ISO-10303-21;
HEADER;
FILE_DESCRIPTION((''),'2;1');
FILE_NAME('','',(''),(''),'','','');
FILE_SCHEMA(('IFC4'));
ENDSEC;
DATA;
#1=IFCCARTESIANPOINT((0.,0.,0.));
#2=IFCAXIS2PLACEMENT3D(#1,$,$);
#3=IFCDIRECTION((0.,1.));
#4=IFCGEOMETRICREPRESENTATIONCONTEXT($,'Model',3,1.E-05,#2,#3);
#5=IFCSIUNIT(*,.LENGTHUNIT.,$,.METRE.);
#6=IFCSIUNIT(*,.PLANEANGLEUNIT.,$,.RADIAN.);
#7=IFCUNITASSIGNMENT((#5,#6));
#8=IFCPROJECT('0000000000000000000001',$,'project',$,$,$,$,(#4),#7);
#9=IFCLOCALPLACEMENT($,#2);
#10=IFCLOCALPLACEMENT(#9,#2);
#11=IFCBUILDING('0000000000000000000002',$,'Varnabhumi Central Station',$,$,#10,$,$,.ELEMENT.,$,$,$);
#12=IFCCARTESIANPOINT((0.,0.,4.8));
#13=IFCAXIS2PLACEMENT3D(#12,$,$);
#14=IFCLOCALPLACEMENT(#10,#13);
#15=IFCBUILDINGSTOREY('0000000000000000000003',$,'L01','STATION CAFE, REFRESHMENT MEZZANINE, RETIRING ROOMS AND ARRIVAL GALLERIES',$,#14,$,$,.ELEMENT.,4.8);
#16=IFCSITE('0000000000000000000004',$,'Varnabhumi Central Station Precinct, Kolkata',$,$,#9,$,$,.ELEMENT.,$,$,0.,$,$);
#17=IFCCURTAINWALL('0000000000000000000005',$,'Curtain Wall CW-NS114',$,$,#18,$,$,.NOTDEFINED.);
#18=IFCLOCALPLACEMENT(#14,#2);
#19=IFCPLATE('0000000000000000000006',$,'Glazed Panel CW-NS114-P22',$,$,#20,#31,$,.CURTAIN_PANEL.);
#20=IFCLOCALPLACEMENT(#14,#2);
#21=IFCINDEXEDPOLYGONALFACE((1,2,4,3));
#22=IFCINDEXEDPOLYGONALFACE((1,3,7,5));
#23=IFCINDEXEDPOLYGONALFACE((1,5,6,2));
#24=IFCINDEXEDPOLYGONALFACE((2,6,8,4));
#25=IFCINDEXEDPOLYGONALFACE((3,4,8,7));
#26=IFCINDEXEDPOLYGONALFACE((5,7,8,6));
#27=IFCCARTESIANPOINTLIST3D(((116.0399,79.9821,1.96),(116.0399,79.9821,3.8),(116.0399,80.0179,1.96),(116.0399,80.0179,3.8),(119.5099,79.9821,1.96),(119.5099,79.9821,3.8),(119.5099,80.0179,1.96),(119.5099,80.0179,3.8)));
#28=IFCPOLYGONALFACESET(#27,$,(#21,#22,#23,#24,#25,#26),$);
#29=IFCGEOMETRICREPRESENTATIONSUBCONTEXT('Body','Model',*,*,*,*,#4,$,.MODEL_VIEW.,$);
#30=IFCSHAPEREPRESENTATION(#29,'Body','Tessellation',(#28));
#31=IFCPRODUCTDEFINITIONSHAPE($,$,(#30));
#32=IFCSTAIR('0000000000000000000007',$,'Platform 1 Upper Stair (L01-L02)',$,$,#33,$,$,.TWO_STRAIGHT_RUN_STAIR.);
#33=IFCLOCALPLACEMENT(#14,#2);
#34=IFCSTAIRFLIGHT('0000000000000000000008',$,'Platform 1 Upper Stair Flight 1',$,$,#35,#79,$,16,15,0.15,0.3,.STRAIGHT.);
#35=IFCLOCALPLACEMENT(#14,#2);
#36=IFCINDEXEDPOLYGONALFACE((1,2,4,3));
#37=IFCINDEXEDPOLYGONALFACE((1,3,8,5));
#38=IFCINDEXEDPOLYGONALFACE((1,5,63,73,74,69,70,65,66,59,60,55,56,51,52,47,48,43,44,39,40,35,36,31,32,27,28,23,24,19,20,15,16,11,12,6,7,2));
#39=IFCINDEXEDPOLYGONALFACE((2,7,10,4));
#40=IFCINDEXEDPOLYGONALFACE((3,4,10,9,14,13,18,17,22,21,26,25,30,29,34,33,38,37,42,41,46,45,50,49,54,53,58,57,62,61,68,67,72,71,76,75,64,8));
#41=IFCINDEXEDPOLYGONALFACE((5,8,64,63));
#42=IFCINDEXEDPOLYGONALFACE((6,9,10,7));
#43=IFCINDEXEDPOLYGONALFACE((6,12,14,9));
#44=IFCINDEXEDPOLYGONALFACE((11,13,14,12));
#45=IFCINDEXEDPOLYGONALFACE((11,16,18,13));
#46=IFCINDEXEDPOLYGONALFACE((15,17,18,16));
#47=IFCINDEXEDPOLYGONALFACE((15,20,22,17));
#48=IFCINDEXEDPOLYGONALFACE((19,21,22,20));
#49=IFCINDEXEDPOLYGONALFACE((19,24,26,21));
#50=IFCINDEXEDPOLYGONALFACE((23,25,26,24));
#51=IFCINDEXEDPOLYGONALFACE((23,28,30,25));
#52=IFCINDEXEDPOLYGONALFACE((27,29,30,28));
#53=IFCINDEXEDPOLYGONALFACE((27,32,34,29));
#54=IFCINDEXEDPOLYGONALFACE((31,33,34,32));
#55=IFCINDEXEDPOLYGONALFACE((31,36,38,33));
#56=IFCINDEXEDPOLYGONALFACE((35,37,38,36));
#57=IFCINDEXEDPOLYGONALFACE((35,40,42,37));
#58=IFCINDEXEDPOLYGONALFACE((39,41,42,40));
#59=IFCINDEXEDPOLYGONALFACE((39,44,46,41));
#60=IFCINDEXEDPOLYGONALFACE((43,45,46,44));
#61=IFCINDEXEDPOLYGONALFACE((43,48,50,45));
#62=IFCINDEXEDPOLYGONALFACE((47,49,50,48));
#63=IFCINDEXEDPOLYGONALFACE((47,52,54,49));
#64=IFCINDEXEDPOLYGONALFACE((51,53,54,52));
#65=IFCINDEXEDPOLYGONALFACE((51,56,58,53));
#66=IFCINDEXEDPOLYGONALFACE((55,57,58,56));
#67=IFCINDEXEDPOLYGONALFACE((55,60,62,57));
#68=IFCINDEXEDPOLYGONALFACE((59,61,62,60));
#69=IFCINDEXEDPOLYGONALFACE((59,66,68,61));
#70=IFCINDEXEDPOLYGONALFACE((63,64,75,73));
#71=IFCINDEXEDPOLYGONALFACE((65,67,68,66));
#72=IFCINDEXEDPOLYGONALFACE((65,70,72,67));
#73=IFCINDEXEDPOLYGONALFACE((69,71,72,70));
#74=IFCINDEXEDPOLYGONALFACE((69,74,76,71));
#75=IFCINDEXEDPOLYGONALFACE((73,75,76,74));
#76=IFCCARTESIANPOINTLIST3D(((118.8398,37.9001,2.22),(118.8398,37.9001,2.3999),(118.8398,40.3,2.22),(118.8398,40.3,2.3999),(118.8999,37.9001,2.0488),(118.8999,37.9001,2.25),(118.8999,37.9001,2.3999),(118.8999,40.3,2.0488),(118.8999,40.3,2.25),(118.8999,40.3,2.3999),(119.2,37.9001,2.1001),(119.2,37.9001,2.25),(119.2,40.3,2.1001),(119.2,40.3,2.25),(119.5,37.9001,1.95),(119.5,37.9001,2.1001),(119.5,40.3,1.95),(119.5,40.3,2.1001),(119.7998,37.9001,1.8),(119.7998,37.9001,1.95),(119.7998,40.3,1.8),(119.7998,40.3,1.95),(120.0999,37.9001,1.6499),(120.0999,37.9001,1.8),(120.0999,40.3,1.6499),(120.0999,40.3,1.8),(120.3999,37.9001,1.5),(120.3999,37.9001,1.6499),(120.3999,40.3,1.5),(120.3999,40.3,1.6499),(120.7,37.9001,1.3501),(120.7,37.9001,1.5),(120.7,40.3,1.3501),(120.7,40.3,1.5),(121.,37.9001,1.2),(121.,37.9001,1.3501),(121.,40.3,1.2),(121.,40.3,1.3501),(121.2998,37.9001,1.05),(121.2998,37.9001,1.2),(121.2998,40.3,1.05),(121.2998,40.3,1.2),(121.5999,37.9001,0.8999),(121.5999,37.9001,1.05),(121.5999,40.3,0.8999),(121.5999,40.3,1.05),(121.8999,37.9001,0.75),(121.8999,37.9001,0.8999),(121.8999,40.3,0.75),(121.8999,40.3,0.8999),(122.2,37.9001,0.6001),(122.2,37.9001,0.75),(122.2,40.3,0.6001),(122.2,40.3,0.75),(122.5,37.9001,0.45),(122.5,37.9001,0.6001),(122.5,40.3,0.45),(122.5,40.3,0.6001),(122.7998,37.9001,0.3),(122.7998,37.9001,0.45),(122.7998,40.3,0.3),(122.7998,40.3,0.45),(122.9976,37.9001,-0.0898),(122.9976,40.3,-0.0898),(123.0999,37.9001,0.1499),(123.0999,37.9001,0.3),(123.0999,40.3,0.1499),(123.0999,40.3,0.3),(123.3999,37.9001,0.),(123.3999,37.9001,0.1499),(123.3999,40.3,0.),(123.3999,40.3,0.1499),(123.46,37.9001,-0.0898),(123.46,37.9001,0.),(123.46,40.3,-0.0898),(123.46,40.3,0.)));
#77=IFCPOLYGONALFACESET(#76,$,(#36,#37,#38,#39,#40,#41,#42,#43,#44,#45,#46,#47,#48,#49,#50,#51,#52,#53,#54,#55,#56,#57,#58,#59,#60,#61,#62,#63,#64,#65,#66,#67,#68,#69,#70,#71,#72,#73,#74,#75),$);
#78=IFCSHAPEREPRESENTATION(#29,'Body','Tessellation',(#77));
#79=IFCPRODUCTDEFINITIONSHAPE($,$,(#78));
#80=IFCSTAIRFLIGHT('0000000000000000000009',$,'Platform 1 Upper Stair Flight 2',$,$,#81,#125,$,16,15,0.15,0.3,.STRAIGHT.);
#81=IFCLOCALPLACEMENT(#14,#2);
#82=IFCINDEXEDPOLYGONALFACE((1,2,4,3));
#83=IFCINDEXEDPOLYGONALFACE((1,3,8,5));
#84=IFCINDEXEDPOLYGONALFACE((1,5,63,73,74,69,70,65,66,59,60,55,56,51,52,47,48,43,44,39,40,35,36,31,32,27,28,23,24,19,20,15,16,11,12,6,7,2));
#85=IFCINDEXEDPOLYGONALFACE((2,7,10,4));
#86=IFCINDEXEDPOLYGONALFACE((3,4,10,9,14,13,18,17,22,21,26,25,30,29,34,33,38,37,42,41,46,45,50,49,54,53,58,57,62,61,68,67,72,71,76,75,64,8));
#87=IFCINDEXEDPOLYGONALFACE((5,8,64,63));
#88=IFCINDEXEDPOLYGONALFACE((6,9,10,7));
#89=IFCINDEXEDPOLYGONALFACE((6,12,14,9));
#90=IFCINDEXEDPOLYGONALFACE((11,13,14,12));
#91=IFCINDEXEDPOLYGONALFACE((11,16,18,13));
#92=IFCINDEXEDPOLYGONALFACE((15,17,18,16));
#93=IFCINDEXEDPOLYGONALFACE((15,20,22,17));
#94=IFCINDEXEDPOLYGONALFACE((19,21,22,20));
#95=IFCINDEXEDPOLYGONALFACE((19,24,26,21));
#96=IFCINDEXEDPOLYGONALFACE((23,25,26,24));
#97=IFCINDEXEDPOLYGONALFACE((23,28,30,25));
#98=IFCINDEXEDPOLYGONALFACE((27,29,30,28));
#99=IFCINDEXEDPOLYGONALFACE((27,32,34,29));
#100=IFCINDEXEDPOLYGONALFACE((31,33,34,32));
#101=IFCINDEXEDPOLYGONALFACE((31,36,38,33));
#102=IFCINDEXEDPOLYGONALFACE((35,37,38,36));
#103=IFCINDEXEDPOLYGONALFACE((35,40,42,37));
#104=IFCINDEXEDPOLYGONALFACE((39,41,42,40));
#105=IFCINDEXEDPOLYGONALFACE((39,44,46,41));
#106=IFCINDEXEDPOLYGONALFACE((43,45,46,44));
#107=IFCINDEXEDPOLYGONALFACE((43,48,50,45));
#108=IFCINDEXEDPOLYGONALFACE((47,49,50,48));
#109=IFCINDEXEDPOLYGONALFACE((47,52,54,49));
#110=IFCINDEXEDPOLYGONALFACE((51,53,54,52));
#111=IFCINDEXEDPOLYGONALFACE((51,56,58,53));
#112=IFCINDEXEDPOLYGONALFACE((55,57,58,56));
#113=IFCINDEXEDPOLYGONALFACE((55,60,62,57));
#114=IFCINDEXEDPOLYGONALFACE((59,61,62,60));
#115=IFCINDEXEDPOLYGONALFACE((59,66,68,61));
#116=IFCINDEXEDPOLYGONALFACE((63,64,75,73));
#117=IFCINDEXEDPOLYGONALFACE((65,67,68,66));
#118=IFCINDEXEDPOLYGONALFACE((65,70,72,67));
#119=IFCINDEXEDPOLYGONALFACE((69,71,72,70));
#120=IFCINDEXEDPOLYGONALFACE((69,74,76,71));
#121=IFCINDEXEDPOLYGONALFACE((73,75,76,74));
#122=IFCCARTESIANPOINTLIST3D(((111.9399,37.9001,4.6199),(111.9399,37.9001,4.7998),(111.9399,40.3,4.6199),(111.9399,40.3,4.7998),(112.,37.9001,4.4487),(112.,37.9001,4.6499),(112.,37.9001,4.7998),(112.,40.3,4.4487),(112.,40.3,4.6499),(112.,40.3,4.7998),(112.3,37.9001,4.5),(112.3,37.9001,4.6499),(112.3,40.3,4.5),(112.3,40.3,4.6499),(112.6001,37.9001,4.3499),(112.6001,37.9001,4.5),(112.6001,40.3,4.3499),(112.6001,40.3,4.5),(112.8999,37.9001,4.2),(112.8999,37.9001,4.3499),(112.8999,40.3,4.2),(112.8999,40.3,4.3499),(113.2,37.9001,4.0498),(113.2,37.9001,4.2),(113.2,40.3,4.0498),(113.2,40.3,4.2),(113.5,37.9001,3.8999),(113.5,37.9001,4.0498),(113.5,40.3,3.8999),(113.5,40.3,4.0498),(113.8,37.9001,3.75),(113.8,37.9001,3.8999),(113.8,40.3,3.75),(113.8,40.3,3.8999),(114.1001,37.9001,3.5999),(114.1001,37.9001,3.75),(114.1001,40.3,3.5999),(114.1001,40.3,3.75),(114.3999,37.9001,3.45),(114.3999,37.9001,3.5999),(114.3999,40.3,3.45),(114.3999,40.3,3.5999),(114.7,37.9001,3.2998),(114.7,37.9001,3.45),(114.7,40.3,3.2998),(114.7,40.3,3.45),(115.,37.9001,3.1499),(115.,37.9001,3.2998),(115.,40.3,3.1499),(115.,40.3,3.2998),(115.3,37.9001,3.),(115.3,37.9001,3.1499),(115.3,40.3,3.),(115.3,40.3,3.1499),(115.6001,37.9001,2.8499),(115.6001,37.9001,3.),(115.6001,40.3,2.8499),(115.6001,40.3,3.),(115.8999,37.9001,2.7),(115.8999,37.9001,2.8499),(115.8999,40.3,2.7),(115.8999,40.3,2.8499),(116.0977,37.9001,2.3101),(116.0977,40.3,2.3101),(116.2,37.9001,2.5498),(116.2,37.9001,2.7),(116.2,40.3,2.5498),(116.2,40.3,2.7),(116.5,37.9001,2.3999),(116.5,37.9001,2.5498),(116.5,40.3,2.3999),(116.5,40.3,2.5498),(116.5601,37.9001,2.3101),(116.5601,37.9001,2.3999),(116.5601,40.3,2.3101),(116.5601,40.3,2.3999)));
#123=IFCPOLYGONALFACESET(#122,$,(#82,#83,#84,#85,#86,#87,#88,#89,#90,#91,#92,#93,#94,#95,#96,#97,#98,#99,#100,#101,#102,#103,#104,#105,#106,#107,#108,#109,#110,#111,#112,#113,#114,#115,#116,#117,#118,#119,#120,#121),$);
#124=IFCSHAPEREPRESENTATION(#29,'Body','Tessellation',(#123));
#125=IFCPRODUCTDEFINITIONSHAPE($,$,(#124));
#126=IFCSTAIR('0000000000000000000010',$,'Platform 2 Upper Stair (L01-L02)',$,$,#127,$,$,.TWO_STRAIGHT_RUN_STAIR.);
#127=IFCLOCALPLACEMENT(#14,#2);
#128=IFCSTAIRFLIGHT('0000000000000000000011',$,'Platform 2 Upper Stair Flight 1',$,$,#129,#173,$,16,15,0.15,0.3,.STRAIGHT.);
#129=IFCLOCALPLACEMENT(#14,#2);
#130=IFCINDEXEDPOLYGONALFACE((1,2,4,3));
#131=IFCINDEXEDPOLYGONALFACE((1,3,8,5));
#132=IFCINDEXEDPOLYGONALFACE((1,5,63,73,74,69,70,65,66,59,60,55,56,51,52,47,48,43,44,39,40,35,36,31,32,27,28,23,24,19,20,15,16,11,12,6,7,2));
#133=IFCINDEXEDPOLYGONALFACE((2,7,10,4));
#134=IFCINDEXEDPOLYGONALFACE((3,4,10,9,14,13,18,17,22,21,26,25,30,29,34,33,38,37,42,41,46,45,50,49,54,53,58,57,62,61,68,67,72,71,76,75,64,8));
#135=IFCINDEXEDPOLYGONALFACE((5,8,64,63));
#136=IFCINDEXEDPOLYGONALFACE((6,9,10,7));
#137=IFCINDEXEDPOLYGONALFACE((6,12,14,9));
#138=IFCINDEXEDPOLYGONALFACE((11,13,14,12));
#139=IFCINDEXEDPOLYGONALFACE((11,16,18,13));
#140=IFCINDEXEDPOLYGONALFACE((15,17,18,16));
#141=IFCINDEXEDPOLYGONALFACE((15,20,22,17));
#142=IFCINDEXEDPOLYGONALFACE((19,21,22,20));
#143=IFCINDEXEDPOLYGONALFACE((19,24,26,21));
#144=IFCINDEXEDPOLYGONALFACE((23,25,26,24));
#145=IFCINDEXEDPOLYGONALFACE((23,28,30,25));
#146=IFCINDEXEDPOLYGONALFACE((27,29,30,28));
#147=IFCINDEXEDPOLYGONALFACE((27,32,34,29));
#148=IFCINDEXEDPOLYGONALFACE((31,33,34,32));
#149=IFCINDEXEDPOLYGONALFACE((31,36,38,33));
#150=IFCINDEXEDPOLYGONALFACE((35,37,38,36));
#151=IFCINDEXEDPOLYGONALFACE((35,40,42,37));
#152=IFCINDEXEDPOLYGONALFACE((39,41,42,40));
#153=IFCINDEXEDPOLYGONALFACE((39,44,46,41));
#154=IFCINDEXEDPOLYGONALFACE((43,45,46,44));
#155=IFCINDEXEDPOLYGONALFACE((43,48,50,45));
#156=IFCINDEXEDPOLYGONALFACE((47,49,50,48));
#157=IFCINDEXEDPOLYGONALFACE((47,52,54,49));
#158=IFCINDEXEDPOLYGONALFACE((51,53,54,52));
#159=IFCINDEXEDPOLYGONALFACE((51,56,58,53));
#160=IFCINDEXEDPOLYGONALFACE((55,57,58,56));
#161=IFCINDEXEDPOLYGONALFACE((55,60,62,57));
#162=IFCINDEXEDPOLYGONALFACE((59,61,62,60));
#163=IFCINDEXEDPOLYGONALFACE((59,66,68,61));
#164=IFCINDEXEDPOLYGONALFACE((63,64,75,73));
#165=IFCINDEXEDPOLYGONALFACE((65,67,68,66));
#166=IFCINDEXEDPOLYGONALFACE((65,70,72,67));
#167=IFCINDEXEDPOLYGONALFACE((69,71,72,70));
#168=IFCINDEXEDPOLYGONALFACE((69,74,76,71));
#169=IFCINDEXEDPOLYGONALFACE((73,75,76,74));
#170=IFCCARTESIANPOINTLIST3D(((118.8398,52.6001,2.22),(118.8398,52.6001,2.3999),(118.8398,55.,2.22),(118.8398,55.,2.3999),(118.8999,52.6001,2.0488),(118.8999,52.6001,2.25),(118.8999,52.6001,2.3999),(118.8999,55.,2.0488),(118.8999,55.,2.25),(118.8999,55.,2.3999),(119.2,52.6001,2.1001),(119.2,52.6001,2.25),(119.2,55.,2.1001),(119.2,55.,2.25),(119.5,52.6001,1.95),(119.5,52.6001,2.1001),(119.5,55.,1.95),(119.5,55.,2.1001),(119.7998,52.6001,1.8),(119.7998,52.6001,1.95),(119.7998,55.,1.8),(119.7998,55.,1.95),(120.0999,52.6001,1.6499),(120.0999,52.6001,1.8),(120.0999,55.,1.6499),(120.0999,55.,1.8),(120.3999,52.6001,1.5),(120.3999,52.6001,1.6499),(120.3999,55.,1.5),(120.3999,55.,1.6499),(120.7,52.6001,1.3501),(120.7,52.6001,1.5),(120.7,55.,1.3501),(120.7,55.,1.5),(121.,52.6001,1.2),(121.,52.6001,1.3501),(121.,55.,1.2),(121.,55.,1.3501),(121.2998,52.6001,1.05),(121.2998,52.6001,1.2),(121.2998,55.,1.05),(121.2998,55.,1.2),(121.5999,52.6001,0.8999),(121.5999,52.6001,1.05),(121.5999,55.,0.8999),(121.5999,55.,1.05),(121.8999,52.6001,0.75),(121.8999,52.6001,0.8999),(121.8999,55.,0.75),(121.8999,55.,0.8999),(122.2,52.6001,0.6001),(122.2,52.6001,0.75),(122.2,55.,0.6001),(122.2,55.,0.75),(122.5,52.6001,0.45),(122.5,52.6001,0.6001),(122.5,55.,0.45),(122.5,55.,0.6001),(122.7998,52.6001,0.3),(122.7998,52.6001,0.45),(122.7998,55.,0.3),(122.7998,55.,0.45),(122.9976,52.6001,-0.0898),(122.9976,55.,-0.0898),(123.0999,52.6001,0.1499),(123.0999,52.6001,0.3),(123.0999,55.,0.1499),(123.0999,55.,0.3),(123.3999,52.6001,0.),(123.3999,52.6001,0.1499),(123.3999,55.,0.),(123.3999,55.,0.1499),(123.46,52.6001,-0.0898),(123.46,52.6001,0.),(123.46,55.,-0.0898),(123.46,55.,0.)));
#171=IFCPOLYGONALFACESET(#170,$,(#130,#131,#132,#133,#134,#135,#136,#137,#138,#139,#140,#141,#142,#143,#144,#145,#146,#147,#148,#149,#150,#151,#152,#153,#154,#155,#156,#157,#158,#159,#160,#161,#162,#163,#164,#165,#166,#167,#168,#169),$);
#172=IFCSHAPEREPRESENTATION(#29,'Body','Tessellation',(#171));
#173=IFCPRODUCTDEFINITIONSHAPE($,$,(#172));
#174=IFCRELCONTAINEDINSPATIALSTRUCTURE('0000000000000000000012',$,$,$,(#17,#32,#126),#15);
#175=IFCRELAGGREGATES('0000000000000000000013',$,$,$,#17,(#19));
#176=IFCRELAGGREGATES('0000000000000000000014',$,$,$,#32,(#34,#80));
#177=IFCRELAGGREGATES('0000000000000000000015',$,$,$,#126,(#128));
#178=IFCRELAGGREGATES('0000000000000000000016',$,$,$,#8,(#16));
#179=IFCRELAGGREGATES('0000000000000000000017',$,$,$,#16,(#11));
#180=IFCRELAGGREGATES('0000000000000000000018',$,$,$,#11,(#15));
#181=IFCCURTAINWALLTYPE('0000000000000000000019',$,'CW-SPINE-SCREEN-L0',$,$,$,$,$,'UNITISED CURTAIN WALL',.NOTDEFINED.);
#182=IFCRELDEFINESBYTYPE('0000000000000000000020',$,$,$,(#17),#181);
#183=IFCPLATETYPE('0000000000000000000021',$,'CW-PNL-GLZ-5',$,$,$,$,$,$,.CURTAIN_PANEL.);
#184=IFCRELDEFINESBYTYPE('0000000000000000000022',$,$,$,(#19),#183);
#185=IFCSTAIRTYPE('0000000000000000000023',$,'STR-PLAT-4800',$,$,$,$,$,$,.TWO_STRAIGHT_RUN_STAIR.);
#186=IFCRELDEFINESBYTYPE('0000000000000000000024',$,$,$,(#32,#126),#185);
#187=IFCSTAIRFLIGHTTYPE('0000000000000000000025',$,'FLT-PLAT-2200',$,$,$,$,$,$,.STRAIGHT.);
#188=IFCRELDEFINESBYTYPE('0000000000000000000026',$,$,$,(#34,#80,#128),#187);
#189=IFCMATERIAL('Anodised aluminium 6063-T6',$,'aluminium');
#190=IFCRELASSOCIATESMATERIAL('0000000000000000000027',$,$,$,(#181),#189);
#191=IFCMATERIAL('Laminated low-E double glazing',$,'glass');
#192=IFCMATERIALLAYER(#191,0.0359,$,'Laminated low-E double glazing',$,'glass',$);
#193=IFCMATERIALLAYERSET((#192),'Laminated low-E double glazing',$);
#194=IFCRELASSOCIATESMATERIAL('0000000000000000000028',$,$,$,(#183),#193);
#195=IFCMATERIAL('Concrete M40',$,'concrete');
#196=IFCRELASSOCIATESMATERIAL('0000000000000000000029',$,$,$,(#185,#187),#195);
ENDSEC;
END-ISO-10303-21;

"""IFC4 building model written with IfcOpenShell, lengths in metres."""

from ifc_helpers import new_model, si_unit, direction, frame, origin, origin_2d, place, context, subcontext, project, spatial, polyline, rectangle, outline, extrude, material, layer, layer_set, type_object, element, aggregate, save


model = new_model("IFC4")

# Units and contexts
model_context = context("Model", 3, precision=1e-05, world=origin(), true_north=direction((0.0, 1.0)))
body_context = subcontext(model_context, "Body", "Model", "MODEL_VIEW")
ifc_project = project(units=[si_unit("LENGTHUNIT", "METRE"), si_unit("PLANEANGLEUNIT", "RADIAN")], contexts=[model_context])

# Site, building, storey
site_placement = place(None, origin())
site = spatial("IfcSite", under=ifc_project, at=site_placement, Name="Varnabhumi Central Station Precinct, Kolkata", CompositionType="ELEMENT", RefElevation=0.0)
building_placement = place(site_placement, origin())
building = spatial("IfcBuilding", under=site, at=building_placement, Name="Varnabhumi Central Station", CompositionType="ELEMENT")
storey_placement = place(building_placement, frame((0.0, 0.0, 4.8)))
storey = spatial("IfcBuildingStorey", under=building, at=storey_placement, Name="L01", Description="STATION CAFE, REFRESHMENT MEZZANINE, RETIRING ROOMS AND ARRIVAL GALLERIES", CompositionType="ELEMENT", Elevation=4.8)

# Shared definitions
ifc_material_1 = material(Name="Concrete M40", Category="concrete")

# Curtain wall
ifc_material_2 = material(Name="Anodised aluminium 6063-T6", Category="aluminium")
curtain_wall_type_1 = type_object("IfcCurtainWallType", Name="CW-SPINE-SCREEN-L0", ElementType="UNITISED CURTAIN WALL", PredefinedType="NOTDEFINED", material=ifc_material_2)
curtain_wall_1_placement = place(storey_placement, origin())
curtain_wall_1 = element("IfcCurtainWall", 1, at=curtain_wall_1_placement, inside=storey, type_object=curtain_wall_type_1, Name="Curtain Wall CW-NS114", PredefinedType="NOTDEFINED")

# Shared definitions
ifc_material_3 = material(Name="Laminated low-E double glazing", Category="glass")

# Plate
ifc_layer_1 = layer(ifc_material_3, 0.0359, Name="Laminated low-E double glazing", Category="glass")
ifc_layer_set_1 = layer_set([ifc_layer_1], Name="Laminated low-E double glazing")
plate_type_1 = type_object("IfcPlateType", Name="CW-PNL-GLZ-5", PredefinedType="CURTAIN_PANEL", material=ifc_layer_set_1)
plate_1_placement = place(storey_placement, frame((117.7749, 80.0, 1.96), z_axis=(0.0, 0.0, 1.0), x_axis=(1.0, 0.0, 0.0)))
plate_1 = element("IfcPlate", 2, at=plate_1_placement, type_object=plate_type_1, Name="Glazed Panel CW-NS114-P22", PredefinedType="CURTAIN_PANEL", context=body_context, shape_type="SweptSolid", body=[
    extrude(rectangle(XDim=3.47, YDim=0.0359, at=origin_2d()), origin(), (0.0, 0.0, 1.0), 1.8401),
])
aggregate(curtain_wall_1, [plate_1])

# Stairs, stair flights
stair_type = type_object("IfcStairType", Name="STR-PLAT-4800", PredefinedType="TWO_STRAIGHT_RUN_STAIR", material=ifc_material_1)
stair_1_placement = place(storey_placement, origin())
stair_1 = element("IfcStair", 3, at=stair_1_placement, inside=storey, type_object=stair_type, Name="Platform 1 Upper Stair (L01-L02)", PredefinedType="TWO_STRAIGHT_RUN_STAIR")
stair_flight_type = type_object("IfcStairFlightType", Name="FLT-PLAT-2200", PredefinedType="STRAIGHT", material=ifc_material_1)
stair_flight_1_placement = place(storey_placement, frame((123.3999, 39.1001, 0.0), z_axis=(0.0, 0.0, 1.0), x_axis=(-1.0, 0.0, 0.0)))
stair_flight_1 = element("IfcStairFlight", 4, at=stair_flight_1_placement, type_object=stair_flight_type, Name="Platform 1 Upper Stair Flight 1", NumberOfRisers=16, NumberOfTreads=15, PredefinedType="STRAIGHT", RiserHeight=0.15, TreadLength=0.3, context=body_context, shape_type="SweptSolid", body=[
    extrude(outline(polyline([(-0.0601, -0.0898), (-0.0601, 0.0), (0.0, 0.0), (0.0, 0.1499), (0.3, 0.1499), (0.3, 0.3), (0.6001, 0.3), (0.6001, 0.45), (0.8999, 0.45), (0.8999, 0.6001), (1.2, 0.6001), (1.2, 0.75), (1.5, 0.75), (1.5, 0.8999), (1.8, 0.8999), (1.8, 1.05), (2.1001, 1.05), (2.1001, 1.2), (2.3999, 1.2), (2.3999, 1.3501), (2.7, 1.3501), (2.7, 1.5), (3.0, 1.5), (3.0, 1.6499), (3.3, 1.6499), (3.3, 1.8), (3.6001, 1.8), (3.6001, 1.95), (3.8999, 1.95), (3.8999, 2.1001), (4.2, 2.1001), (4.2, 2.25), (4.5, 2.25), (4.5, 2.3999), (4.5601, 2.3999), (4.5601, 2.22), (4.5, 2.0488), (0.4023, -0.0898), (-0.0601, -0.0898)])), frame((0.0, 1.2, 0.0), z_axis=(0.0, -1.0, 0.0), x_axis=(1.0, 0.0, 0.0)), (0.0, 0.0, 1.0), 2.3999),
])
stair_flight_2_placement = place(storey_placement, frame((116.5, 39.1001, 2.3999), z_axis=(0.0, 0.0, 1.0), x_axis=(-1.0, 0.0, 0.0)))
stair_flight_2 = element("IfcStairFlight", 5, at=stair_flight_2_placement, type_object=stair_flight_type, Name="Platform 1 Upper Stair Flight 2", NumberOfRisers=16, NumberOfTreads=15, PredefinedType="STRAIGHT", RiserHeight=0.15, TreadLength=0.3, context=body_context, shape_type="SweptSolid", body=[
    extrude(outline(polyline([(-0.0601, -0.0898), (-0.0601, 0.0), (0.0, 0.0), (0.0, 0.1499), (0.3, 0.1499), (0.3, 0.3), (0.6001, 0.3), (0.6001, 0.45), (0.8999, 0.45), (0.8999, 0.6001), (1.2, 0.6001), (1.2, 0.75), (1.5, 0.75), (1.5, 0.8999), (1.8, 0.8999), (1.8, 1.05), (2.1001, 1.05), (2.1001, 1.2), (2.3999, 1.2), (2.3999, 1.3501), (2.7, 1.3501), (2.7, 1.5), (3.0, 1.5), (3.0, 1.6499), (3.3, 1.6499), (3.3, 1.8), (3.6001, 1.8), (3.6001, 1.95), (3.8999, 1.95), (3.8999, 2.1001), (4.2, 2.1001), (4.2, 2.25), (4.5, 2.25), (4.5, 2.3999), (4.5601, 2.3999), (4.5601, 2.22), (4.5, 2.0488), (0.4023, -0.0898), (-0.0601, -0.0898)])), frame((0.0, 1.2, 0.0), z_axis=(0.0, -1.0, 0.0), x_axis=(1.0, 0.0, 0.0)), (0.0, 0.0, 1.0), 2.3999),
])
aggregate(stair_1, [stair_flight_1, stair_flight_2])
stair_2_placement = place(storey_placement, origin())
stair_2 = element("IfcStair", 6, at=stair_2_placement, inside=storey, type_object=stair_type, Name="Platform 2 Upper Stair (L01-L02)", PredefinedType="TWO_STRAIGHT_RUN_STAIR")
stair_flight_3_placement = place(storey_placement, frame((123.3999, 53.8, 0.0), z_axis=(0.0, 0.0, 1.0), x_axis=(-1.0, 0.0, 0.0)))
stair_flight_3 = element("IfcStairFlight", 7, at=stair_flight_3_placement, type_object=stair_flight_type, Name="Platform 2 Upper Stair Flight 1", NumberOfRisers=16, NumberOfTreads=15, PredefinedType="STRAIGHT", RiserHeight=0.15, TreadLength=0.3, context=body_context, shape_type="SweptSolid", body=[
    extrude(outline(polyline([(-0.0601, -0.0898), (-0.0601, 0.0), (0.0, 0.0), (0.0, 0.1499), (0.3, 0.1499), (0.3, 0.3), (0.6001, 0.3), (0.6001, 0.45), (0.8999, 0.45), (0.8999, 0.6001), (1.2, 0.6001), (1.2, 0.75), (1.5, 0.75), (1.5, 0.8999), (1.8, 0.8999), (1.8, 1.05), (2.1001, 1.05), (2.1001, 1.2), (2.3999, 1.2), (2.3999, 1.3501), (2.7, 1.3501), (2.7, 1.5), (3.0, 1.5), (3.0, 1.6499), (3.3, 1.6499), (3.3, 1.8), (3.6001, 1.8), (3.6001, 1.95), (3.8999, 1.95), (3.8999, 2.1001), (4.2, 2.1001), (4.2, 2.25), (4.5, 2.25), (4.5, 2.3999), (4.5601, 2.3999), (4.5601, 2.22), (4.5, 2.0488), (0.4023, -0.0898), (-0.0601, -0.0898)])), frame((0.0, 1.2, 0.0), z_axis=(0.0, -1.0, 0.0), x_axis=(1.0, 0.0, 0.0)), (0.0, 0.0, 1.0), 2.3999),
])
aggregate(stair_2, [stair_flight_3])

save(model, "model.ifc")
